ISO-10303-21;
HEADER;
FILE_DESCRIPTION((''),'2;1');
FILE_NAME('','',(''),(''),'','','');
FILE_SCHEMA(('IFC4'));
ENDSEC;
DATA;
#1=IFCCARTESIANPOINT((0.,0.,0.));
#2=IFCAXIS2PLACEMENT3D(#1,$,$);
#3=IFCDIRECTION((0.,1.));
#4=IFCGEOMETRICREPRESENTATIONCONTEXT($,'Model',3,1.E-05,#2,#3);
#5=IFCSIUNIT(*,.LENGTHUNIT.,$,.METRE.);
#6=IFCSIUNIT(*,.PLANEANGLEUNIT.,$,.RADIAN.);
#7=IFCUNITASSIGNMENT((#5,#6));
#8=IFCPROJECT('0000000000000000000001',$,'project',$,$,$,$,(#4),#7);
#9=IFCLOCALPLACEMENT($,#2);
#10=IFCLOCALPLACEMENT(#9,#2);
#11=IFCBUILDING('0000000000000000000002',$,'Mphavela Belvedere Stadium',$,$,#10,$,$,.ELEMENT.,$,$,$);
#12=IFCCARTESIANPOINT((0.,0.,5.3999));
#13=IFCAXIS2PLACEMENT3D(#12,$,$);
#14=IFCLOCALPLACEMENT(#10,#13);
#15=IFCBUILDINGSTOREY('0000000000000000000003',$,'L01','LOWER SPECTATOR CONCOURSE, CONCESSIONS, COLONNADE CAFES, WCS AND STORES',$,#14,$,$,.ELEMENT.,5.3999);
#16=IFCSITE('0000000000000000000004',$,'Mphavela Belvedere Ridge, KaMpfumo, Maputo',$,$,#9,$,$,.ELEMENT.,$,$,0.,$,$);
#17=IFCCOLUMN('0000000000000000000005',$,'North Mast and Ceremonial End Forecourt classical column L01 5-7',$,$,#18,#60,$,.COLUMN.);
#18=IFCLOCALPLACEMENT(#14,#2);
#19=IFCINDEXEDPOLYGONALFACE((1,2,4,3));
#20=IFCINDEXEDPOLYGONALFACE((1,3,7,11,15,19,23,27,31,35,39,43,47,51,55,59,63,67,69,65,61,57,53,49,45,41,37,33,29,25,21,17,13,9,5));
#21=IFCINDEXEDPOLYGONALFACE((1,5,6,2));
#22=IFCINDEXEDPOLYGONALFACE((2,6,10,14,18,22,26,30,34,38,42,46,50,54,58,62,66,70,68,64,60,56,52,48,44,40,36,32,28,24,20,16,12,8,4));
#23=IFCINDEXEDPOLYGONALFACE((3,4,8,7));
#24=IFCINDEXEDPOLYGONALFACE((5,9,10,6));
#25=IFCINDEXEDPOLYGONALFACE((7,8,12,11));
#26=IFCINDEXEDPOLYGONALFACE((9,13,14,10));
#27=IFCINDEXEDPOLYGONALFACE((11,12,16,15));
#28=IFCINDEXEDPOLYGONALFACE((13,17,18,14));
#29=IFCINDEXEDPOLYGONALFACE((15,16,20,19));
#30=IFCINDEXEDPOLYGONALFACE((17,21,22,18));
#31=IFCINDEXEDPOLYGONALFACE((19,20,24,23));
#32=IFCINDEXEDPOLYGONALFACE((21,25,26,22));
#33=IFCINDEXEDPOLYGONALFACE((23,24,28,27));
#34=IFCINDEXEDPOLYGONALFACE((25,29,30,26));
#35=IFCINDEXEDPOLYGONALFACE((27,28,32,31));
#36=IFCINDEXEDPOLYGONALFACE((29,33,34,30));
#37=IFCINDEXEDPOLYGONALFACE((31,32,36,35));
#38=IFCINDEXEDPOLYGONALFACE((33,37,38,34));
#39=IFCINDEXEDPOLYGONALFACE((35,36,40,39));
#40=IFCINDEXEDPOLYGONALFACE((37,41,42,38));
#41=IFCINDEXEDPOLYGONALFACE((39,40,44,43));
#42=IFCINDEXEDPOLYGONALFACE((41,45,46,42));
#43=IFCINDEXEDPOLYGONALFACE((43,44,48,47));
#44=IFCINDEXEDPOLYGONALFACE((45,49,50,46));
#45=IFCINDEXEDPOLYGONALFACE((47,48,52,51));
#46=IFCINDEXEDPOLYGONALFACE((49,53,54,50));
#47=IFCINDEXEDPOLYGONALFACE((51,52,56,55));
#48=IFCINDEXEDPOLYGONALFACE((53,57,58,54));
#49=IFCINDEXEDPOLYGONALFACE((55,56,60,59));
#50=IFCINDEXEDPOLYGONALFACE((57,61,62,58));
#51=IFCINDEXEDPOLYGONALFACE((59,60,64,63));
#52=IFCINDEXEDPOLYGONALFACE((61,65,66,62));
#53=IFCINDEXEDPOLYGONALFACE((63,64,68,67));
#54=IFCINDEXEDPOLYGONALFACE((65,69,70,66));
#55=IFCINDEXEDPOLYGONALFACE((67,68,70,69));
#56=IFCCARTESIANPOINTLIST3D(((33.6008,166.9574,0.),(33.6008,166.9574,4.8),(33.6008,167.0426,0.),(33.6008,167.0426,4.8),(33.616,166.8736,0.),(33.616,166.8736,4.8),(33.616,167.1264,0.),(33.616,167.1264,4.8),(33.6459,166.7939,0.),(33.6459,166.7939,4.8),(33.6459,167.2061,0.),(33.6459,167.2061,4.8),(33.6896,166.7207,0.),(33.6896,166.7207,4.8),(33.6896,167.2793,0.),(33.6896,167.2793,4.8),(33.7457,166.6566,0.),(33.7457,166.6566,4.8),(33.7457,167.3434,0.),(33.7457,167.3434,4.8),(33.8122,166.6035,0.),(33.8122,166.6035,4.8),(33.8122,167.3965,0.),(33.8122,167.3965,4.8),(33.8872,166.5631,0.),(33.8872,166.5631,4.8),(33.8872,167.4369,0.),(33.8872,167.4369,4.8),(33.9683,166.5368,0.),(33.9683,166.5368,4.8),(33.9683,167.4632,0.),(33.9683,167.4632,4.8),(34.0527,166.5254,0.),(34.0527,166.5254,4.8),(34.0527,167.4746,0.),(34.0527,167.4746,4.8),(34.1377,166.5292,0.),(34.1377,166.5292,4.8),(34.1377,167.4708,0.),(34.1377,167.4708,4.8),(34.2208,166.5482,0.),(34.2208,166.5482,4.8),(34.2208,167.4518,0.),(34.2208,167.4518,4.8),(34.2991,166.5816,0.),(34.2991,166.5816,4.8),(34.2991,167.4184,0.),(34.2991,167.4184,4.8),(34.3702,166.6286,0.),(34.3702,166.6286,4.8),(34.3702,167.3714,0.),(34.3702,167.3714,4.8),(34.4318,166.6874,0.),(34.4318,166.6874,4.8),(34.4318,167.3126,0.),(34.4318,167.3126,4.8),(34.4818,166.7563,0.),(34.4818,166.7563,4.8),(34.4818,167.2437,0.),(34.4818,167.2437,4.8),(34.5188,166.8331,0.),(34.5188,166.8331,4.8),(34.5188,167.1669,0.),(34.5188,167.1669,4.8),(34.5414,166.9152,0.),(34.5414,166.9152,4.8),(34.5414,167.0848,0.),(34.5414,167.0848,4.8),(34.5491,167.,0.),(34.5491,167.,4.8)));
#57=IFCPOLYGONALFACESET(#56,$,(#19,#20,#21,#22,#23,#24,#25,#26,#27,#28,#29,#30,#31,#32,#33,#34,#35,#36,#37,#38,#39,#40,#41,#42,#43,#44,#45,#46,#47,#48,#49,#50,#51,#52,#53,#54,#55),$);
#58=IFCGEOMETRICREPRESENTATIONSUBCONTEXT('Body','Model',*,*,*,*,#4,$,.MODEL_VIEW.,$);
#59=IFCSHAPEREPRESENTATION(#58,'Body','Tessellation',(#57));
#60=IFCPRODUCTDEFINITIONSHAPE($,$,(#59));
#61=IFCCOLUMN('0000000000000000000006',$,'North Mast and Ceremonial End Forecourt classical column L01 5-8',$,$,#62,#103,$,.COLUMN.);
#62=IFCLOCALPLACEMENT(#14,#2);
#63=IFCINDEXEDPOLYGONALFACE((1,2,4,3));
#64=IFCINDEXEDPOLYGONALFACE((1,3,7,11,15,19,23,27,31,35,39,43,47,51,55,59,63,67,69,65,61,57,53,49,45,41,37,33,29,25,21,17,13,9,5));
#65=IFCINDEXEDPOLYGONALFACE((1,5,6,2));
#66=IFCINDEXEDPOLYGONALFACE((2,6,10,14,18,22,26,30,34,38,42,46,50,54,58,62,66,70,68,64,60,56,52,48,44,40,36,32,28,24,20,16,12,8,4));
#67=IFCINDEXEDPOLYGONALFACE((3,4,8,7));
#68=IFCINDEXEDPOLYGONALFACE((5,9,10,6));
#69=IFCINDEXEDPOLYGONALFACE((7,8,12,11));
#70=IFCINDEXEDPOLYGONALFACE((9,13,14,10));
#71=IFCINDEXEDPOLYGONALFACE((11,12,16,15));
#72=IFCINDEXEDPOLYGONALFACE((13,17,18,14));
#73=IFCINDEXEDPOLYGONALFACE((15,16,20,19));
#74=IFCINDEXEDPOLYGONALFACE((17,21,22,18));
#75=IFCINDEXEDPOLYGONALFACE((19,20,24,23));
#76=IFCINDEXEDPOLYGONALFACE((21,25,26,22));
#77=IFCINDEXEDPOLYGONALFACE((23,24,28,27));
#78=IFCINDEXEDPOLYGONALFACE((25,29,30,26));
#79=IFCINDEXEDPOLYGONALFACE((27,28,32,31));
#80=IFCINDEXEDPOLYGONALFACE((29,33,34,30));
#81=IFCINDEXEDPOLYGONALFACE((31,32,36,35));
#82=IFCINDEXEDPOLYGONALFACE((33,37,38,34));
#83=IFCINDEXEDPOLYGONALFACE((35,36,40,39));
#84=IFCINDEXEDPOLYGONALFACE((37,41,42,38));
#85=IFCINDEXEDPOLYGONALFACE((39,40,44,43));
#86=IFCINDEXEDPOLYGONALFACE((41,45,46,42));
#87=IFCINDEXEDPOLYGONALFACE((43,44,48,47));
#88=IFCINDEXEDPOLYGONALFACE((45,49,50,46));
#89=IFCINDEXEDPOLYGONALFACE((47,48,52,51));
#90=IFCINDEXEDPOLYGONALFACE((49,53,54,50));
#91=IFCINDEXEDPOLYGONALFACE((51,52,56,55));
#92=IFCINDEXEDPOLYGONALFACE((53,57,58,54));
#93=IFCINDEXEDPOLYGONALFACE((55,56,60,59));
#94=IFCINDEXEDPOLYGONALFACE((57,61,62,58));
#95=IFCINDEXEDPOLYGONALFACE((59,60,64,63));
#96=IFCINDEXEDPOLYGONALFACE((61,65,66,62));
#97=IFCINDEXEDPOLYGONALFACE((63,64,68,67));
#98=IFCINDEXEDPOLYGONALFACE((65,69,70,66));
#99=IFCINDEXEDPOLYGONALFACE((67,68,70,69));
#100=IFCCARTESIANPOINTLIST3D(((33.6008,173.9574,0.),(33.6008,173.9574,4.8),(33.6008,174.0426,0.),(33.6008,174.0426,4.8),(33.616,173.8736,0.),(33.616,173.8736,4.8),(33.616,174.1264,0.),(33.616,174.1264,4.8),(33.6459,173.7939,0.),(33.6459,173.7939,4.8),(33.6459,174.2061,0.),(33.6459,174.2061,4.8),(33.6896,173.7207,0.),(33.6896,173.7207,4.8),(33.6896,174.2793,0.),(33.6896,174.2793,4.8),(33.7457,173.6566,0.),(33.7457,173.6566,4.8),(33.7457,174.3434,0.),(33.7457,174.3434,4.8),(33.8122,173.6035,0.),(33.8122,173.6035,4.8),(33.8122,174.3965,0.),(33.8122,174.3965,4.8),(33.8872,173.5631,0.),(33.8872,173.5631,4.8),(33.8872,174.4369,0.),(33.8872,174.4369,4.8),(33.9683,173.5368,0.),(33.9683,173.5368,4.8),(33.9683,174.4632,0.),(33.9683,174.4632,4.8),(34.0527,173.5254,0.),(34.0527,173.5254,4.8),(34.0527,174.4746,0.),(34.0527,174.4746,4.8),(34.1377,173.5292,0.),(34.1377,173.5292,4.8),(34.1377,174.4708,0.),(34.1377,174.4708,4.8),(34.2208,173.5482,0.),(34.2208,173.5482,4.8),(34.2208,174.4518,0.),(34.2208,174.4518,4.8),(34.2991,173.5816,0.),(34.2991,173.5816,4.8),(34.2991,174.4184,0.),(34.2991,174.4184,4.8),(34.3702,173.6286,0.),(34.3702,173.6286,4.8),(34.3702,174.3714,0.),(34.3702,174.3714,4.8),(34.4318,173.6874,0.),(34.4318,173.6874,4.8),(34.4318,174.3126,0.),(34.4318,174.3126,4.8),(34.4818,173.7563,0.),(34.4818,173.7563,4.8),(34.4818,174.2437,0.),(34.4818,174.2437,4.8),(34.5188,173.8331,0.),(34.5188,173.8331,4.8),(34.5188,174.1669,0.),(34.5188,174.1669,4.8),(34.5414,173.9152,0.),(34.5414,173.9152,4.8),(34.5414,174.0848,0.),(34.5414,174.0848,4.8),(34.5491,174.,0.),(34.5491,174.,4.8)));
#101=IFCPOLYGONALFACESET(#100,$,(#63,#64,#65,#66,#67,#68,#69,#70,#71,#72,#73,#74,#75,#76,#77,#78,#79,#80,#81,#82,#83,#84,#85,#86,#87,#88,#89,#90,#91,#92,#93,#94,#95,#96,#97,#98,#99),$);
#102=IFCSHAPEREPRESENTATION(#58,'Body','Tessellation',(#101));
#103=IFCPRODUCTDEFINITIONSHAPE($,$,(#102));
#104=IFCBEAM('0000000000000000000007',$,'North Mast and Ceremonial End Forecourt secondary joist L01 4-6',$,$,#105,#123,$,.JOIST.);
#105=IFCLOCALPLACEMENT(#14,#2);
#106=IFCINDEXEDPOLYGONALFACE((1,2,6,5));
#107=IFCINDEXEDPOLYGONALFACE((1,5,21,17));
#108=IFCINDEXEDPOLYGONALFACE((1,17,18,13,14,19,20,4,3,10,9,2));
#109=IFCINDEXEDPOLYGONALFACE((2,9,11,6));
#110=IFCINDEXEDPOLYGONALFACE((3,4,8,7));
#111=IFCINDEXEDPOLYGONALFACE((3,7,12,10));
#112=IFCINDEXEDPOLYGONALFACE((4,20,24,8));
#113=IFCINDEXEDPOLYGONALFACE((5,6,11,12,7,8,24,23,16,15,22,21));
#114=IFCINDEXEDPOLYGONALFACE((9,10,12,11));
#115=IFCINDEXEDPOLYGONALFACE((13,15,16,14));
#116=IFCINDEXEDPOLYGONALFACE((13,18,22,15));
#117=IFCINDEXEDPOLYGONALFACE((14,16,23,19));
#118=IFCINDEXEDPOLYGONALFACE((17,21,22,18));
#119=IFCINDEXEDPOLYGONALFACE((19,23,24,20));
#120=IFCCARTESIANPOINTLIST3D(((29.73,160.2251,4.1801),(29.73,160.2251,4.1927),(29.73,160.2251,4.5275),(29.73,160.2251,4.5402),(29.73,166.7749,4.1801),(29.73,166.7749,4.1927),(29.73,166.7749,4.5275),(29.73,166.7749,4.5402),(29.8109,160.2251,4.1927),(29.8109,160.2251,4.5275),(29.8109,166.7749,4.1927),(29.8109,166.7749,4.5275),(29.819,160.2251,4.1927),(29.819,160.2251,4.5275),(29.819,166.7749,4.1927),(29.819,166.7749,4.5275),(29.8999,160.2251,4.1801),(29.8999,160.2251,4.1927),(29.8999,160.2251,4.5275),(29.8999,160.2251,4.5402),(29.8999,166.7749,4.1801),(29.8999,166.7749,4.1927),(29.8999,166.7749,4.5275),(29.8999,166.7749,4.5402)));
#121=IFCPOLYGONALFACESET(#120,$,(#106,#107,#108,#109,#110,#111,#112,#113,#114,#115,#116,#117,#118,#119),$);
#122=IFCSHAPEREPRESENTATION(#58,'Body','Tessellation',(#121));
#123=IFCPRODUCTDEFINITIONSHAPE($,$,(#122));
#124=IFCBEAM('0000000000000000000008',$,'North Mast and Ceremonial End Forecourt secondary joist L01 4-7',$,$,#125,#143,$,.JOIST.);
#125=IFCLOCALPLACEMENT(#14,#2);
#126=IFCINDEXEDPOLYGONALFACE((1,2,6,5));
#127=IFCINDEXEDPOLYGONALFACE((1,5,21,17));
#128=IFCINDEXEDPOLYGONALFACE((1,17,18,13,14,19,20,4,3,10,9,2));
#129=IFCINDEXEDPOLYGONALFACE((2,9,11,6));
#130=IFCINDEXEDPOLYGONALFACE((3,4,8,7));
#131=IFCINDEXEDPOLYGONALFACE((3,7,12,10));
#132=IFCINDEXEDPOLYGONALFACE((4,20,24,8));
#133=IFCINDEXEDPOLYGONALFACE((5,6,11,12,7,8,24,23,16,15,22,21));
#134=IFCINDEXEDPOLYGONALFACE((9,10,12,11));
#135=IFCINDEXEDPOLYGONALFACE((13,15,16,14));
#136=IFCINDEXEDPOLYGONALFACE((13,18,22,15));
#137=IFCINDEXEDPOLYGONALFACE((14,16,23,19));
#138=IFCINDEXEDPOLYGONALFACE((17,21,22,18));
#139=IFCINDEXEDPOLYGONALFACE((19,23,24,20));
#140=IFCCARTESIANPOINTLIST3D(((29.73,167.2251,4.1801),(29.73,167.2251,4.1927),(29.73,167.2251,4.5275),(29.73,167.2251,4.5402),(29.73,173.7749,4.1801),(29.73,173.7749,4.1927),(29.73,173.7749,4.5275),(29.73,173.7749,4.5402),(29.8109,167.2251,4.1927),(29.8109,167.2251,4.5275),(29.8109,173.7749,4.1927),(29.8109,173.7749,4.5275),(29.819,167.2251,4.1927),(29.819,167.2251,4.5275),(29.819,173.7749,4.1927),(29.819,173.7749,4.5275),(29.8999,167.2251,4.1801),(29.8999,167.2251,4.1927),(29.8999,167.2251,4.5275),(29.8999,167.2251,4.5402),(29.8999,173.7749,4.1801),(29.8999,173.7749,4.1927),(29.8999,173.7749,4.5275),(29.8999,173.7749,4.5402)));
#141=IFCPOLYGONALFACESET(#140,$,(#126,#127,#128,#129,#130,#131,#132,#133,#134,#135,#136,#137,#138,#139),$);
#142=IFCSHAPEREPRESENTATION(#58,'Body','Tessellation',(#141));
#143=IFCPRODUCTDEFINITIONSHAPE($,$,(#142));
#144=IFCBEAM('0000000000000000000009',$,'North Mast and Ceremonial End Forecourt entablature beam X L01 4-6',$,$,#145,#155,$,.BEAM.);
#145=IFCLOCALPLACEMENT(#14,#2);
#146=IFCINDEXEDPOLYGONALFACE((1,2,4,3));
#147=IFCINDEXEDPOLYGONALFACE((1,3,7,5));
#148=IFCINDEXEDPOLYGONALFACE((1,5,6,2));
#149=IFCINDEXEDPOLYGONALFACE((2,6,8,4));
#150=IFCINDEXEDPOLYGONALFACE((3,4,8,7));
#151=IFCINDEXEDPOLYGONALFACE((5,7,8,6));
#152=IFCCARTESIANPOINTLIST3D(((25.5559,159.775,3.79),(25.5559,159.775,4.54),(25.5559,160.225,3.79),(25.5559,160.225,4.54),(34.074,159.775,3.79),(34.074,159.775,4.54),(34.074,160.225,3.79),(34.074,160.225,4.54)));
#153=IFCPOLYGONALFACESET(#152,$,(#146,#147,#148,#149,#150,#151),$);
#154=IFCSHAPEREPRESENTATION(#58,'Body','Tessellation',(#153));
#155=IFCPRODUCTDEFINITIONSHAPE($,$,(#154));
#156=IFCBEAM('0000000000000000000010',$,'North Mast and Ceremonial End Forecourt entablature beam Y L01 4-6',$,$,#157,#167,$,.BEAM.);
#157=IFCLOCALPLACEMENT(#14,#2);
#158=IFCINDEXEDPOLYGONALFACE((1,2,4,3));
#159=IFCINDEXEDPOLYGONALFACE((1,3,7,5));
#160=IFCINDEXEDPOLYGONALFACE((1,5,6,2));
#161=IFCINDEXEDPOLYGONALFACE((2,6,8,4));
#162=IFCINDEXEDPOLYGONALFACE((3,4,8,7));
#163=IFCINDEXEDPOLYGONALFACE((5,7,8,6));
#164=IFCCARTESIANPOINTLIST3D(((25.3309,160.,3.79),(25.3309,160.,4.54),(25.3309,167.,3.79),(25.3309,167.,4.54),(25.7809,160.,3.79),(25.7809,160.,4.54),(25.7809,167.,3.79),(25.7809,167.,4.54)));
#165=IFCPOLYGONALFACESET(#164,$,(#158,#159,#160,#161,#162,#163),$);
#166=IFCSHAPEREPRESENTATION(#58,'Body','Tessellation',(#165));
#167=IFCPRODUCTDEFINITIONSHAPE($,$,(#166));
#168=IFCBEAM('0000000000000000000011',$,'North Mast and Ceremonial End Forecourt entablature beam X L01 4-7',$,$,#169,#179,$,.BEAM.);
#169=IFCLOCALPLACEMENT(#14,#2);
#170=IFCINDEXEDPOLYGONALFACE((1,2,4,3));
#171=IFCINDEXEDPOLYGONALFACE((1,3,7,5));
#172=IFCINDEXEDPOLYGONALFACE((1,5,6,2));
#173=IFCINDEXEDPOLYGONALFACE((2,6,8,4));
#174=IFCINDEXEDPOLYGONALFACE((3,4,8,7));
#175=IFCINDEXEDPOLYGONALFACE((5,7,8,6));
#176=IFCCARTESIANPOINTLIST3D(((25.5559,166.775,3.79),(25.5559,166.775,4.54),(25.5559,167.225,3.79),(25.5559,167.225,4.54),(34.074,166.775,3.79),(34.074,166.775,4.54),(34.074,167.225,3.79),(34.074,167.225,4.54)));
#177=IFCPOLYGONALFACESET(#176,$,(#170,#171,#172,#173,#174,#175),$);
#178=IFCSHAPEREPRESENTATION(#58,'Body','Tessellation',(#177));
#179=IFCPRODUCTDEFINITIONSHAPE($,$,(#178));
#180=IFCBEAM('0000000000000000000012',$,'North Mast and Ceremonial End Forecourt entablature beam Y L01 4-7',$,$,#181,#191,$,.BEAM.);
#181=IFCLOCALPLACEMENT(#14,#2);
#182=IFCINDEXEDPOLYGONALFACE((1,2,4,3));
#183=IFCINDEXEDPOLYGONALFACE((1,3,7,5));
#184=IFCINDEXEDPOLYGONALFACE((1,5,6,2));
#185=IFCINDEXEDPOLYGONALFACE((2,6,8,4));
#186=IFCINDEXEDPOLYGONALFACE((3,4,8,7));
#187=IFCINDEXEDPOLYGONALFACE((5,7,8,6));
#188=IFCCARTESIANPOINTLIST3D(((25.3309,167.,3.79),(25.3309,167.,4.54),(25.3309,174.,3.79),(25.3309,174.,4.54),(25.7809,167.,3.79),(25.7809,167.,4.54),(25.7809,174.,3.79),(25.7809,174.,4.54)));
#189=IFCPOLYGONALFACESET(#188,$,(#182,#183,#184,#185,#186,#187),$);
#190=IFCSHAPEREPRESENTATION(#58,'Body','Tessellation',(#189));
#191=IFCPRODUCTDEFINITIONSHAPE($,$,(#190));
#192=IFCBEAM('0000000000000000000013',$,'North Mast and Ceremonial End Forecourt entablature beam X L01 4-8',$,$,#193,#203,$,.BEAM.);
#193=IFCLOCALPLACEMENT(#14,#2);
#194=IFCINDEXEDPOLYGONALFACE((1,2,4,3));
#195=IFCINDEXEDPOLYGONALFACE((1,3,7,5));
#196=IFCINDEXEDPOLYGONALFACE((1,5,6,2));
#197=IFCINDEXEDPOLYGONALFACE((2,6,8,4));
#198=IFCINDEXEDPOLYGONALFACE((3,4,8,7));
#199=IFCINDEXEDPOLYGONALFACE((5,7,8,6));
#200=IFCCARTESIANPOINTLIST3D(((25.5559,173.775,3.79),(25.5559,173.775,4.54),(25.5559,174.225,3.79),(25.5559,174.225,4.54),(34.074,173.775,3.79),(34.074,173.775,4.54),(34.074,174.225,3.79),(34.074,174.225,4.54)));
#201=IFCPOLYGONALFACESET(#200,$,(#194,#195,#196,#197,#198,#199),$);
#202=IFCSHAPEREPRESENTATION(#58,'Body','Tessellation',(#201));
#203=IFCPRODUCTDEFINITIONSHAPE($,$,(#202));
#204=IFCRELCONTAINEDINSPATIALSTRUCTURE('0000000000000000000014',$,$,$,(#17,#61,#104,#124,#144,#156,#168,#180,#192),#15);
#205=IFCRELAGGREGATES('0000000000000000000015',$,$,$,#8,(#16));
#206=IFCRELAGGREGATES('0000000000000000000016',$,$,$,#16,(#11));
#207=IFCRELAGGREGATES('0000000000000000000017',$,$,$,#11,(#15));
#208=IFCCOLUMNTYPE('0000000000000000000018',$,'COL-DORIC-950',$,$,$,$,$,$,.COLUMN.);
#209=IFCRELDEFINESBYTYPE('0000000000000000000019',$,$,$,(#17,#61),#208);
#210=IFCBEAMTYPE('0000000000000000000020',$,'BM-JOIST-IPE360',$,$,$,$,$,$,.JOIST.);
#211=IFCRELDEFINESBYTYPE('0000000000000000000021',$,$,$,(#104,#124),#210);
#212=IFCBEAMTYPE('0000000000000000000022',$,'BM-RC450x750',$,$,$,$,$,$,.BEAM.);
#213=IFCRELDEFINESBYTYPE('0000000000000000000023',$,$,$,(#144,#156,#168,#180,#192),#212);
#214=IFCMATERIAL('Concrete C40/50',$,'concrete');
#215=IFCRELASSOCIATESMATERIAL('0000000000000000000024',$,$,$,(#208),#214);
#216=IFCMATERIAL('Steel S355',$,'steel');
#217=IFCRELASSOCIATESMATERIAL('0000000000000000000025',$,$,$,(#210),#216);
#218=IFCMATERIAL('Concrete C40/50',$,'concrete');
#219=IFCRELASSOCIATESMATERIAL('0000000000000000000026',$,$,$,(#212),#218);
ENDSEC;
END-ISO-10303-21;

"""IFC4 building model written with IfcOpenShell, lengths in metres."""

from ifc_helpers import new_model, si_unit, direction, frame, origin, origin_2d, place, context, subcontext, project, spatial, rectangle, circle, i_section, extrude, material, material_profile, profile_set, type_object, element, save


model = new_model("IFC4")

# Units and contexts
model_context = context("Model", 3, precision=1e-05, world=origin(), true_north=direction((0.0, 1.0)))
body_context = subcontext(model_context, "Body", "Model", "MODEL_VIEW")
ifc_project = project(units=[si_unit("LENGTHUNIT", "METRE"), si_unit("PLANEANGLEUNIT", "RADIAN")], contexts=[model_context])

# Site, building, storey
site_placement = place(None, origin())
site = spatial("IfcSite", under=ifc_project, at=site_placement, Name="Mphavela Belvedere Ridge, KaMpfumo, Maputo", CompositionType="ELEMENT", RefElevation=0.0)
building_placement = place(site_placement, origin())
building = spatial("IfcBuilding", under=site, at=building_placement, Name="Mphavela Belvedere Stadium", CompositionType="ELEMENT")
storey_placement = place(building_placement, frame((0.0, 0.0, 5.3999)))
storey = spatial("IfcBuildingStorey", under=building, at=storey_placement, Name="L01", Description="LOWER SPECTATOR CONCOURSE, CONCESSIONS, COLONNADE CAFES, WCS AND STORES", CompositionType="ELEMENT", Elevation=5.3999)

# Columns
ifc_material_1 = material(Name="Concrete C40/50", Category="concrete")
ifc_material_profile_1 = material_profile(ifc_material_1, circle(Radius=0.4751, at=origin_2d()), Name="COL D950")
ifc_profile_set_1 = profile_set([ifc_material_profile_1], Name="Concrete C40/50")
column_type = type_object("IfcColumnType", Name="COL-DORIC-950", PredefinedType="COLUMN", material=ifc_profile_set_1)
for number, where, z_axis, x_axis, name in (
    (1, (34.074, 167.0, 0.0), (0.0, 0.0, 1.0), (1.0, 0.0, 0.0), "North Mast and Ceremonial End Forecourt classical column L01 5-7"),
    (2, (34.074, 174.0, 0.0), (0.0, 0.0, 1.0), (1.0, 0.0, 0.0), "North Mast and Ceremonial End Forecourt classical column L01 5-8"),
):
    element("IfcColumn", number, at=place(storey_placement, frame(where, z_axis=z_axis, x_axis=x_axis)), inside=storey, type_object=column_type, Name=name, PredefinedType="COLUMN", context=body_context, shape_type="SweptSolid", body=[
        extrude(circle(Radius=0.4751, at=origin_2d()), origin(), (0.0, 0.0, 1.0), 4.8),
    ])

# Beams
ifc_material_2 = material(Name="Steel S355", Category="steel")
ifc_material_profile_2 = material_profile(ifc_material_2, i_section(OverallWidth=0.1699, OverallDepth=0.3601, WebThickness=0.0081, FlangeThickness=0.0127, at=origin_2d()), Name="IPE 360")
ifc_profile_set_2 = profile_set([ifc_material_profile_2], Name="Steel S355")
beam_type_1 = type_object("IfcBeamType", Name="BM-JOIST-IPE360", PredefinedType="JOIST", material=ifc_profile_set_2)
for number, where, z_axis, x_axis, name in (
    (3, (29.8149, 160.2251, 4.3601), (0.0, 1.0, 0.0), (-1.0, 0.0, 0.0), "North Mast and Ceremonial End Forecourt secondary joist L01 4-6"),
    (4, (29.8149, 167.2251, 4.3601), (0.0, 1.0, 0.0), (-1.0, 0.0, 0.0), "North Mast and Ceremonial End Forecourt secondary joist L01 4-7"),
):
    element("IfcBeam", number, at=place(storey_placement, frame(where, z_axis=z_axis, x_axis=x_axis)), inside=storey, type_object=beam_type_1, Name=name, PredefinedType="JOIST", context=body_context, shape_type="SweptSolid", body=[
        extrude(i_section(OverallWidth=0.1699, OverallDepth=0.3601, WebThickness=0.0081, FlangeThickness=0.0127, at=origin_2d()), origin(), (0.0, 0.0, 1.0), 6.5498),
    ])
ifc_material_3 = material(Name="Concrete C40/50", Category="concrete")
ifc_material_profile_3 = material_profile(ifc_material_3, rectangle(XDim=0.45, YDim=0.75, at=origin_2d()), Name="RC 450x750")
ifc_profile_set_3 = profile_set([ifc_material_profile_3], Name="Concrete C40/50")
beam_type_2 = type_object("IfcBeamType", Name="BM-RC450x750", PredefinedType="BEAM", material=ifc_profile_set_3)
beam_1_placement = place(storey_placement, frame((25.5559, 160.0, 4.165), z_axis=(1.0, 0.0, 0.0), x_axis=(0.0, 1.0, 0.0)))
element("IfcBeam", 5, at=beam_1_placement, inside=storey, type_object=beam_type_2, Name="North Mast and Ceremonial End Forecourt entablature beam X L01 4-6", PredefinedType="BEAM", context=body_context, shape_type="SweptSolid", body=[
    extrude(rectangle(XDim=0.45, YDim=0.75, at=origin_2d()), origin(), (0.0, 0.0, 1.0), 8.5181),
])
beam_2_placement = place(storey_placement, frame((25.5559, 160.0, 4.165), z_axis=(0.0, 1.0, 0.0), x_axis=(-1.0, 0.0, 0.0)))
element("IfcBeam", 6, at=beam_2_placement, inside=storey, type_object=beam_type_2, Name="North Mast and Ceremonial End Forecourt entablature beam Y L01 4-6", PredefinedType="BEAM", context=body_context, shape_type="SweptSolid", body=[
    extrude(rectangle(XDim=0.45, YDim=0.75, at=origin_2d()), origin(), (0.0, 0.0, 1.0), 7.0),
])
beam_3_placement = place(storey_placement, frame((25.5559, 167.0, 4.165), z_axis=(1.0, 0.0, 0.0), x_axis=(0.0, 1.0, 0.0)))
element("IfcBeam", 7, at=beam_3_placement, inside=storey, type_object=beam_type_2, Name="North Mast and Ceremonial End Forecourt entablature beam X L01 4-7", PredefinedType="BEAM", context=body_context, shape_type="SweptSolid", body=[
    extrude(rectangle(XDim=0.45, YDim=0.75, at=origin_2d()), origin(), (0.0, 0.0, 1.0), 8.5181),
])
beam_4_placement = place(storey_placement, frame((25.5559, 167.0, 4.165), z_axis=(0.0, 1.0, 0.0), x_axis=(-1.0, 0.0, 0.0)))
element("IfcBeam", 8, at=beam_4_placement, inside=storey, type_object=beam_type_2, Name="North Mast and Ceremonial End Forecourt entablature beam Y L01 4-7", PredefinedType="BEAM", context=body_context, shape_type="SweptSolid", body=[
    extrude(rectangle(XDim=0.45, YDim=0.75, at=origin_2d()), origin(), (0.0, 0.0, 1.0), 7.0),
])
beam_5_placement = place(storey_placement, frame((25.5559, 174.0, 4.165), z_axis=(1.0, 0.0, 0.0), x_axis=(0.0, 1.0, 0.0)))
element("IfcBeam", 9, at=beam_5_placement, inside=storey, type_object=beam_type_2, Name="North Mast and Ceremonial End Forecourt entablature beam X L01 4-8", PredefinedType="BEAM", context=body_context, shape_type="SweptSolid", body=[
    extrude(rectangle(XDim=0.45, YDim=0.75, at=origin_2d()), origin(), (0.0, 0.0, 1.0), 8.5181),
])

save(model, "model.ifc")
